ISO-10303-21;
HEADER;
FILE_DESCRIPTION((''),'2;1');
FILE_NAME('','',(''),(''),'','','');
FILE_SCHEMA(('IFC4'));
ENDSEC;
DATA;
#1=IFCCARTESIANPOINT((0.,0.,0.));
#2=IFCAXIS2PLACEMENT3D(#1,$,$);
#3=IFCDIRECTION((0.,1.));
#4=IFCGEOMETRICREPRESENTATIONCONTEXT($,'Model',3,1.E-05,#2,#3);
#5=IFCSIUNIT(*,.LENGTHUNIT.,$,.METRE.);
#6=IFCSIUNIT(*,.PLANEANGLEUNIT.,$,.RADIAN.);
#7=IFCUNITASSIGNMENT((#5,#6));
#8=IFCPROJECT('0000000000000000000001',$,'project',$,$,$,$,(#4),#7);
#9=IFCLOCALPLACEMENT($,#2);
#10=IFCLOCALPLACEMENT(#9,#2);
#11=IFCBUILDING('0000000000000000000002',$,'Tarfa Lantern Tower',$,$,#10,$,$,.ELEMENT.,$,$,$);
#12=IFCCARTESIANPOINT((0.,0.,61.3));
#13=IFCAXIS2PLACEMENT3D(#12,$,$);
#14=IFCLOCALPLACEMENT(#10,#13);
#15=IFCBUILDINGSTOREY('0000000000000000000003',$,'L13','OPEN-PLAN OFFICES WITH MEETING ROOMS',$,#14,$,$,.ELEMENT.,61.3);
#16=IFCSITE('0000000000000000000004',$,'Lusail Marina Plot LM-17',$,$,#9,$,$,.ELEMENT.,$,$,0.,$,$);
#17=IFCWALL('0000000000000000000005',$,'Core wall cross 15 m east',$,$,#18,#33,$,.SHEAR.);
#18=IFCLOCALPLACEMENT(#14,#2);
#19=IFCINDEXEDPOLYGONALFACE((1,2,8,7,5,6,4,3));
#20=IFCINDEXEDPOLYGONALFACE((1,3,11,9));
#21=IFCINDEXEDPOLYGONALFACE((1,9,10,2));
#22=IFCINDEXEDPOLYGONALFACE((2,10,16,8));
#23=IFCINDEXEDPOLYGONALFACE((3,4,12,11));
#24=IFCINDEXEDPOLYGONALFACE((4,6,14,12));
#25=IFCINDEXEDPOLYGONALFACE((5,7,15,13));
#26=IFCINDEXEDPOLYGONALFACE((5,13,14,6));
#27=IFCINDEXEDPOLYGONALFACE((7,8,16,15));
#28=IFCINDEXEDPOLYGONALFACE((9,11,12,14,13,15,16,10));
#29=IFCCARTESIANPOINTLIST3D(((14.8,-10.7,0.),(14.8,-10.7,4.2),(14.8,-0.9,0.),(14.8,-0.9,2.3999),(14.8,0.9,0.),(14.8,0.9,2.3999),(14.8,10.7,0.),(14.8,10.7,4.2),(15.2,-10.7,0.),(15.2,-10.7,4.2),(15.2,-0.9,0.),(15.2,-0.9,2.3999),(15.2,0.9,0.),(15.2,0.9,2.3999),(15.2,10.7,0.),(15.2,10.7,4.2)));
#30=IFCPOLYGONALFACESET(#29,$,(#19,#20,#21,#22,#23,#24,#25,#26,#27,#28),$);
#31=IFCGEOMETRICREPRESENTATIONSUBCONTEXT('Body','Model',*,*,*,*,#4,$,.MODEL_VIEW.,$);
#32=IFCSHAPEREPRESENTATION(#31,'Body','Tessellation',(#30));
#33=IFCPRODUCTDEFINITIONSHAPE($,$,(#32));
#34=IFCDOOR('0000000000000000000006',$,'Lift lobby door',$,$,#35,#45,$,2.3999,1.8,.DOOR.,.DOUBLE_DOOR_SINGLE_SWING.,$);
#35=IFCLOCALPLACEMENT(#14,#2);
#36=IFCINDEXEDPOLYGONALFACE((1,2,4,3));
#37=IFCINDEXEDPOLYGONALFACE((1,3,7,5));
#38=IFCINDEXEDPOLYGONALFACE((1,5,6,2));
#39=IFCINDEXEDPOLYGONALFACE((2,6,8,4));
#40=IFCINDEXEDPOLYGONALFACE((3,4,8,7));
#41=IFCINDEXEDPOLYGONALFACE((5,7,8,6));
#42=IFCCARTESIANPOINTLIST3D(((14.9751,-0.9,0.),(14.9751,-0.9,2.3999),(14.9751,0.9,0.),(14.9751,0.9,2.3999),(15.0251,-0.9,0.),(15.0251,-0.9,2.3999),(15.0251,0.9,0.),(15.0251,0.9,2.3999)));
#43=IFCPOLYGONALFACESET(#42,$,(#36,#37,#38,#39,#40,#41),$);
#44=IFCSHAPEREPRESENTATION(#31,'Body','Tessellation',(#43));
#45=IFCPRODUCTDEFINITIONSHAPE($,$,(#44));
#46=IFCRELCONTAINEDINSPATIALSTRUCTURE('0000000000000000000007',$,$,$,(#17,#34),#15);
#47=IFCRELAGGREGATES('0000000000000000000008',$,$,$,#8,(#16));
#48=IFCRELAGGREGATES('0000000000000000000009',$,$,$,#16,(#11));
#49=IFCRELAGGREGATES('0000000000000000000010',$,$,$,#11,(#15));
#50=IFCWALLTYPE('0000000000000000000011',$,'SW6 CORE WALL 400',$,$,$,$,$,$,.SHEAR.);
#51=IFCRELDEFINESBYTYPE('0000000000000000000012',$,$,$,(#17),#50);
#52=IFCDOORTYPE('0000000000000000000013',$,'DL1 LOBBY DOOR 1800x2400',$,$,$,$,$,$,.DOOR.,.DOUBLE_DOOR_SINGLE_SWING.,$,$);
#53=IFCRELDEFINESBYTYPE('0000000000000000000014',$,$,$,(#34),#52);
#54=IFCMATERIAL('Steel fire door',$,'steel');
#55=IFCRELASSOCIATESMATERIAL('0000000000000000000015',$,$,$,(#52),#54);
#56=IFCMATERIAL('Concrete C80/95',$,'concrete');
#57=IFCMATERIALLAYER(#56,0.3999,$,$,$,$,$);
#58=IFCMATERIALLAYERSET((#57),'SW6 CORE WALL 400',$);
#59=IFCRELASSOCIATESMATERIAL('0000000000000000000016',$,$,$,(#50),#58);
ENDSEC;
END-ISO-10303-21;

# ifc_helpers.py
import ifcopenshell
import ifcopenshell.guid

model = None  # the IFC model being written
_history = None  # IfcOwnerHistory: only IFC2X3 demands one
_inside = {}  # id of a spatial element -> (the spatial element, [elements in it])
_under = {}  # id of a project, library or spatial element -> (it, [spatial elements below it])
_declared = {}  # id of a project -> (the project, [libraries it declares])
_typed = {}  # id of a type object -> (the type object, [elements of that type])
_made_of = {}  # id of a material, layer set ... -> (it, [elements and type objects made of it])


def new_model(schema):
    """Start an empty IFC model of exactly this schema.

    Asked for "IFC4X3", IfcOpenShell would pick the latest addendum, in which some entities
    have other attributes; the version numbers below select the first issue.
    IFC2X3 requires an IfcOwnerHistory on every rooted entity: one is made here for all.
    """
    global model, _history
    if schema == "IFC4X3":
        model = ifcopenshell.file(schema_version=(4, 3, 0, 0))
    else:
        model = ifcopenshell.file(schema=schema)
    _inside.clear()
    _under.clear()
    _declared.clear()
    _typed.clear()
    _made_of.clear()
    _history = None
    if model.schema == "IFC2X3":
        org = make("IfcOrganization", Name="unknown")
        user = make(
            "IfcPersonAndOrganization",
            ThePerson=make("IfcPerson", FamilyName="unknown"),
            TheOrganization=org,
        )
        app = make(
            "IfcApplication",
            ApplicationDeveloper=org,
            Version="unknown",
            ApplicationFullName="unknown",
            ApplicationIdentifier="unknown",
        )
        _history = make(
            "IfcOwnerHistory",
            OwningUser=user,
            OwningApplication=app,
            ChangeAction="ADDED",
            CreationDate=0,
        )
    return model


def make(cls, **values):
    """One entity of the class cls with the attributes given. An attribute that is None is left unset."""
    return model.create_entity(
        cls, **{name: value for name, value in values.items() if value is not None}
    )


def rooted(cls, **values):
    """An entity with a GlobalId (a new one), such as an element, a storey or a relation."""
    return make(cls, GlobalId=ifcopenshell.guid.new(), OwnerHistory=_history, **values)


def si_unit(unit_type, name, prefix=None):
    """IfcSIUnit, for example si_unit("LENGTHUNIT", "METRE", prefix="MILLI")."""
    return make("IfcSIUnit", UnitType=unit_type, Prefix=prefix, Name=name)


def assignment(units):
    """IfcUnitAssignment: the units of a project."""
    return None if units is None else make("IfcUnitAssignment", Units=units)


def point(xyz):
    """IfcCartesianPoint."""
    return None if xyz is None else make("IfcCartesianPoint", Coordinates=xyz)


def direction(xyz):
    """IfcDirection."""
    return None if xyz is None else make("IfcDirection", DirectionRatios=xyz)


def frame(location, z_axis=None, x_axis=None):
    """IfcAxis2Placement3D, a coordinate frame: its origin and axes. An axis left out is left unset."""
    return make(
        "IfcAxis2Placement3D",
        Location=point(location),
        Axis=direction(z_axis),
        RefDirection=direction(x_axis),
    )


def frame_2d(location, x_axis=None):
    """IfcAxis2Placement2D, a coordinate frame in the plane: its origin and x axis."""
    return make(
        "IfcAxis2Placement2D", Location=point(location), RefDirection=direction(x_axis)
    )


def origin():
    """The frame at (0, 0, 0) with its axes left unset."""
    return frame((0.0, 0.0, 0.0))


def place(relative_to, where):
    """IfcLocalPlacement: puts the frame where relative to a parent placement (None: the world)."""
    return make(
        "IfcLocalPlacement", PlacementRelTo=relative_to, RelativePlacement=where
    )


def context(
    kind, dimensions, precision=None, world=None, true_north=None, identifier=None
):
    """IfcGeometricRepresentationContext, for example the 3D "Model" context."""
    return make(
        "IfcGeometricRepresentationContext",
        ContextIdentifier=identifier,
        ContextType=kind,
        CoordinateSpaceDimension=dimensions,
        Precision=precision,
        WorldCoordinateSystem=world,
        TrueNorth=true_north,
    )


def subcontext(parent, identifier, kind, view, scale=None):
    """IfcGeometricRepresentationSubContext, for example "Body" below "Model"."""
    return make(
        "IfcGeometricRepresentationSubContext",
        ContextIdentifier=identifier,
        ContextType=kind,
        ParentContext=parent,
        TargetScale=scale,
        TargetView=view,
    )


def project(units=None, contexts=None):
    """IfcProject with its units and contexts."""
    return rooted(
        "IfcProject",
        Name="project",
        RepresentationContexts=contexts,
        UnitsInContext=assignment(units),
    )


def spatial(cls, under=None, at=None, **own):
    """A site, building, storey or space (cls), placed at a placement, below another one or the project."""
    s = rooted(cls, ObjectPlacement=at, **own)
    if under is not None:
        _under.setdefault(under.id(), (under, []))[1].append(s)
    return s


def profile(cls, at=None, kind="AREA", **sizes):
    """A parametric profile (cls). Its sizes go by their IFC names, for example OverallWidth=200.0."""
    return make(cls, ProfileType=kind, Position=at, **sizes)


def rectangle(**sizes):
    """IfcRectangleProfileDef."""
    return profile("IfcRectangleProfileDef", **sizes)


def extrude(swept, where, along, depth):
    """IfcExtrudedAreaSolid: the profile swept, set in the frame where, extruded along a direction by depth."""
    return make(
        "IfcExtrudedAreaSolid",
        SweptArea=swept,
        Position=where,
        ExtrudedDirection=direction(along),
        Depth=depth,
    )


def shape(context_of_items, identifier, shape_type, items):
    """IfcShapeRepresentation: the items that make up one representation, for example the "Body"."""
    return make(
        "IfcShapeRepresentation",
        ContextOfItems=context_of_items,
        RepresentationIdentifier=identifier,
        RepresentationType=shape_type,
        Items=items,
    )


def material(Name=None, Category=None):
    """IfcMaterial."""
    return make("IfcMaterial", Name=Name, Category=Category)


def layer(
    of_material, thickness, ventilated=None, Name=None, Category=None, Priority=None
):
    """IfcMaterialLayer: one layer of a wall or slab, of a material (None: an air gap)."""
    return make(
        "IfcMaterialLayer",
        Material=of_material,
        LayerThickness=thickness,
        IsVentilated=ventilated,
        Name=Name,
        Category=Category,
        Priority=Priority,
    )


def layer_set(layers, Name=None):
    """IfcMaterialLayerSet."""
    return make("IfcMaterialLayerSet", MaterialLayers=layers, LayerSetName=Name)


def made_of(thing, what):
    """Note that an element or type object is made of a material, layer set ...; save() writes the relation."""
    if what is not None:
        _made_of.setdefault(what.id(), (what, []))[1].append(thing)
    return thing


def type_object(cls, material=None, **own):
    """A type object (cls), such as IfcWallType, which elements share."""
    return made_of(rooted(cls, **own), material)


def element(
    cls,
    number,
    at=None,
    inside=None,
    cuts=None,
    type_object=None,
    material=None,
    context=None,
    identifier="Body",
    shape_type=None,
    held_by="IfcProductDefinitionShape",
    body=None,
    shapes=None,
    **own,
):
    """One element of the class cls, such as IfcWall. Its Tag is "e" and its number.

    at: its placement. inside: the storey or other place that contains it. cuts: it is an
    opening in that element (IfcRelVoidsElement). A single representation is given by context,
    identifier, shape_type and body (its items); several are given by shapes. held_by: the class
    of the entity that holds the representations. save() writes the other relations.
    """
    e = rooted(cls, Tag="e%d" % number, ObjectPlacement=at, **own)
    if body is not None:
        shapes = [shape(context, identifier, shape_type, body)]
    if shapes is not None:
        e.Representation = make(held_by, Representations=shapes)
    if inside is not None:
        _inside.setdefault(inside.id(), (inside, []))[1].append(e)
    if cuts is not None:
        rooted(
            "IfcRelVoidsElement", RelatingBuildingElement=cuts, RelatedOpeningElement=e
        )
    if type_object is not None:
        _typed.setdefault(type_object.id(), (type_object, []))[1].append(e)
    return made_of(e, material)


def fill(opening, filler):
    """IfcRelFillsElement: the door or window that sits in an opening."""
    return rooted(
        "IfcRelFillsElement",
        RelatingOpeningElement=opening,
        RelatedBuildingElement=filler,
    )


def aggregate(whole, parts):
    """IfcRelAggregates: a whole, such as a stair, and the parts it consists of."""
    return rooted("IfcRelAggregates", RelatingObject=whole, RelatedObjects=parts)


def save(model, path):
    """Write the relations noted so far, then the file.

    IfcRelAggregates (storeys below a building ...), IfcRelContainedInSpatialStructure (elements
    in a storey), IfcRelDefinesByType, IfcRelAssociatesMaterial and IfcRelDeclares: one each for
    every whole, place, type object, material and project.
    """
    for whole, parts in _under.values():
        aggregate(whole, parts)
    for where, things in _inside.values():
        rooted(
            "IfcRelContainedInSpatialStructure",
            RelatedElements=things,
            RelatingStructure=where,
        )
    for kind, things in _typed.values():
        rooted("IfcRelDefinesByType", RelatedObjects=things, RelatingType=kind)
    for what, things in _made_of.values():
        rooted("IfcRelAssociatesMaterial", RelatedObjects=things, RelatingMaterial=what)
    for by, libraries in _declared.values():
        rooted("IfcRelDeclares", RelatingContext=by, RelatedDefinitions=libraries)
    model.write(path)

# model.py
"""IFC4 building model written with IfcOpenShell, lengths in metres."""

from ifc_helpers import new_model, si_unit, direction, frame, frame_2d, origin, place, context, subcontext, project, spatial, rectangle, extrude, material, layer, layer_set, type_object, element, fill, save


model = new_model("IFC4")

# Units and contexts
model_context = context("Model", 3, precision=1e-05, world=origin(), true_north=direction((0.0, 1.0)))
body_context = subcontext(model_context, "Body", "Model", "MODEL_VIEW")
ifc_project = project(units=[si_unit("LENGTHUNIT", "METRE"), si_unit("PLANEANGLEUNIT", "RADIAN")], contexts=[model_context])

# Site, building, storey
site_placement = place(None, origin())
site = spatial("IfcSite", under=ifc_project, at=site_placement, Name="Lusail Marina Plot LM-17", CompositionType="ELEMENT", RefElevation=0.0)
building_placement = place(site_placement, origin())
building = spatial("IfcBuilding", under=site, at=building_placement, Name="Tarfa Lantern Tower", CompositionType="ELEMENT")
storey_placement = place(building_placement, frame((0.0, 0.0, 61.3)))
storey = spatial("IfcBuildingStorey", under=building, at=storey_placement, Name="L13", Description="OPEN-PLAN OFFICES WITH MEETING ROOMS", CompositionType="ELEMENT", Elevation=61.3)

# Shared definitions
ifc_material_1 = material(Name="Concrete C80/95", Category="concrete")
ifc_material_2 = material(Name="Steel fire door", Category="steel")
door_type_1 = type_object("IfcDoorType", Name="DL1 LOBBY DOOR 1800x2400", OperationType="DOUBLE_DOOR_SINGLE_SWING", PredefinedType="DOOR", material=ifc_material_2)

# Wall, opening, door
ifc_layer_1 = layer(ifc_material_1, 0.3999)
ifc_layer_set_1 = layer_set([ifc_layer_1], Name="SW6 CORE WALL 400")
wall_type_1 = type_object("IfcWallType", Name="SW6 CORE WALL 400", PredefinedType="SHEAR", material=ifc_layer_set_1)
wall_1_placement = place(storey_placement, frame((15.0, -10.7, 0.0), z_axis=(0.0, 0.0, 1.0), x_axis=(0.0, 1.0, 0.0)))
wall_1 = element("IfcWall", 1, at=wall_1_placement, inside=storey, type_object=wall_type_1, Name="Core wall cross 15 m east", PredefinedType="SHEAR", context=body_context, shape_type="SweptSolid", body=[
    extrude(rectangle(XDim=21.3999, YDim=0.3999, at=frame_2d((10.7, 0.0))), origin(), (0.0, 0.0, 1.0), 4.2),
])
opening_1_placement = place(wall_1_placement, frame((9.8, 0.0, 0.0)))
opening_1 = element("IfcOpeningElement", 2, at=opening_1_placement, cuts=wall_1, PredefinedType="OPENING", context=body_context, shape_type="SweptSolid", body=[
    extrude(rectangle(XDim=1.8, YDim=2.3999, at=frame_2d((0.8999, 1.2))), frame((0.0, 0.21, 0.0), z_axis=(0.0, -1.0, 0.0), x_axis=(1.0, 0.0, 0.0)), (0.0, 0.0, 1.0), 0.4199),
])
door_1_placement = place(opening_1_placement, origin())
door_1 = element("IfcDoor", 3, at=door_1_placement, inside=storey, type_object=door_type_1, Name="Lift lobby door", OperationType="DOUBLE_DOOR_SINGLE_SWING", OverallHeight=2.3999, OverallWidth=1.8, PredefinedType="DOOR", context=body_context, shape_type="SweptSolid", body=[
    extrude(rectangle(XDim=1.8, YDim=2.3999, at=frame_2d((0.8999, 1.2))), frame((0.0, 0.0249, 0.0), z_axis=(0.0, -1.0, 0.0), x_axis=(1.0, 0.0, 0.0)), (0.0, 0.0, 1.0), 0.05),
])
fill(opening_1, door_1)

save(model, "model.ifc")
